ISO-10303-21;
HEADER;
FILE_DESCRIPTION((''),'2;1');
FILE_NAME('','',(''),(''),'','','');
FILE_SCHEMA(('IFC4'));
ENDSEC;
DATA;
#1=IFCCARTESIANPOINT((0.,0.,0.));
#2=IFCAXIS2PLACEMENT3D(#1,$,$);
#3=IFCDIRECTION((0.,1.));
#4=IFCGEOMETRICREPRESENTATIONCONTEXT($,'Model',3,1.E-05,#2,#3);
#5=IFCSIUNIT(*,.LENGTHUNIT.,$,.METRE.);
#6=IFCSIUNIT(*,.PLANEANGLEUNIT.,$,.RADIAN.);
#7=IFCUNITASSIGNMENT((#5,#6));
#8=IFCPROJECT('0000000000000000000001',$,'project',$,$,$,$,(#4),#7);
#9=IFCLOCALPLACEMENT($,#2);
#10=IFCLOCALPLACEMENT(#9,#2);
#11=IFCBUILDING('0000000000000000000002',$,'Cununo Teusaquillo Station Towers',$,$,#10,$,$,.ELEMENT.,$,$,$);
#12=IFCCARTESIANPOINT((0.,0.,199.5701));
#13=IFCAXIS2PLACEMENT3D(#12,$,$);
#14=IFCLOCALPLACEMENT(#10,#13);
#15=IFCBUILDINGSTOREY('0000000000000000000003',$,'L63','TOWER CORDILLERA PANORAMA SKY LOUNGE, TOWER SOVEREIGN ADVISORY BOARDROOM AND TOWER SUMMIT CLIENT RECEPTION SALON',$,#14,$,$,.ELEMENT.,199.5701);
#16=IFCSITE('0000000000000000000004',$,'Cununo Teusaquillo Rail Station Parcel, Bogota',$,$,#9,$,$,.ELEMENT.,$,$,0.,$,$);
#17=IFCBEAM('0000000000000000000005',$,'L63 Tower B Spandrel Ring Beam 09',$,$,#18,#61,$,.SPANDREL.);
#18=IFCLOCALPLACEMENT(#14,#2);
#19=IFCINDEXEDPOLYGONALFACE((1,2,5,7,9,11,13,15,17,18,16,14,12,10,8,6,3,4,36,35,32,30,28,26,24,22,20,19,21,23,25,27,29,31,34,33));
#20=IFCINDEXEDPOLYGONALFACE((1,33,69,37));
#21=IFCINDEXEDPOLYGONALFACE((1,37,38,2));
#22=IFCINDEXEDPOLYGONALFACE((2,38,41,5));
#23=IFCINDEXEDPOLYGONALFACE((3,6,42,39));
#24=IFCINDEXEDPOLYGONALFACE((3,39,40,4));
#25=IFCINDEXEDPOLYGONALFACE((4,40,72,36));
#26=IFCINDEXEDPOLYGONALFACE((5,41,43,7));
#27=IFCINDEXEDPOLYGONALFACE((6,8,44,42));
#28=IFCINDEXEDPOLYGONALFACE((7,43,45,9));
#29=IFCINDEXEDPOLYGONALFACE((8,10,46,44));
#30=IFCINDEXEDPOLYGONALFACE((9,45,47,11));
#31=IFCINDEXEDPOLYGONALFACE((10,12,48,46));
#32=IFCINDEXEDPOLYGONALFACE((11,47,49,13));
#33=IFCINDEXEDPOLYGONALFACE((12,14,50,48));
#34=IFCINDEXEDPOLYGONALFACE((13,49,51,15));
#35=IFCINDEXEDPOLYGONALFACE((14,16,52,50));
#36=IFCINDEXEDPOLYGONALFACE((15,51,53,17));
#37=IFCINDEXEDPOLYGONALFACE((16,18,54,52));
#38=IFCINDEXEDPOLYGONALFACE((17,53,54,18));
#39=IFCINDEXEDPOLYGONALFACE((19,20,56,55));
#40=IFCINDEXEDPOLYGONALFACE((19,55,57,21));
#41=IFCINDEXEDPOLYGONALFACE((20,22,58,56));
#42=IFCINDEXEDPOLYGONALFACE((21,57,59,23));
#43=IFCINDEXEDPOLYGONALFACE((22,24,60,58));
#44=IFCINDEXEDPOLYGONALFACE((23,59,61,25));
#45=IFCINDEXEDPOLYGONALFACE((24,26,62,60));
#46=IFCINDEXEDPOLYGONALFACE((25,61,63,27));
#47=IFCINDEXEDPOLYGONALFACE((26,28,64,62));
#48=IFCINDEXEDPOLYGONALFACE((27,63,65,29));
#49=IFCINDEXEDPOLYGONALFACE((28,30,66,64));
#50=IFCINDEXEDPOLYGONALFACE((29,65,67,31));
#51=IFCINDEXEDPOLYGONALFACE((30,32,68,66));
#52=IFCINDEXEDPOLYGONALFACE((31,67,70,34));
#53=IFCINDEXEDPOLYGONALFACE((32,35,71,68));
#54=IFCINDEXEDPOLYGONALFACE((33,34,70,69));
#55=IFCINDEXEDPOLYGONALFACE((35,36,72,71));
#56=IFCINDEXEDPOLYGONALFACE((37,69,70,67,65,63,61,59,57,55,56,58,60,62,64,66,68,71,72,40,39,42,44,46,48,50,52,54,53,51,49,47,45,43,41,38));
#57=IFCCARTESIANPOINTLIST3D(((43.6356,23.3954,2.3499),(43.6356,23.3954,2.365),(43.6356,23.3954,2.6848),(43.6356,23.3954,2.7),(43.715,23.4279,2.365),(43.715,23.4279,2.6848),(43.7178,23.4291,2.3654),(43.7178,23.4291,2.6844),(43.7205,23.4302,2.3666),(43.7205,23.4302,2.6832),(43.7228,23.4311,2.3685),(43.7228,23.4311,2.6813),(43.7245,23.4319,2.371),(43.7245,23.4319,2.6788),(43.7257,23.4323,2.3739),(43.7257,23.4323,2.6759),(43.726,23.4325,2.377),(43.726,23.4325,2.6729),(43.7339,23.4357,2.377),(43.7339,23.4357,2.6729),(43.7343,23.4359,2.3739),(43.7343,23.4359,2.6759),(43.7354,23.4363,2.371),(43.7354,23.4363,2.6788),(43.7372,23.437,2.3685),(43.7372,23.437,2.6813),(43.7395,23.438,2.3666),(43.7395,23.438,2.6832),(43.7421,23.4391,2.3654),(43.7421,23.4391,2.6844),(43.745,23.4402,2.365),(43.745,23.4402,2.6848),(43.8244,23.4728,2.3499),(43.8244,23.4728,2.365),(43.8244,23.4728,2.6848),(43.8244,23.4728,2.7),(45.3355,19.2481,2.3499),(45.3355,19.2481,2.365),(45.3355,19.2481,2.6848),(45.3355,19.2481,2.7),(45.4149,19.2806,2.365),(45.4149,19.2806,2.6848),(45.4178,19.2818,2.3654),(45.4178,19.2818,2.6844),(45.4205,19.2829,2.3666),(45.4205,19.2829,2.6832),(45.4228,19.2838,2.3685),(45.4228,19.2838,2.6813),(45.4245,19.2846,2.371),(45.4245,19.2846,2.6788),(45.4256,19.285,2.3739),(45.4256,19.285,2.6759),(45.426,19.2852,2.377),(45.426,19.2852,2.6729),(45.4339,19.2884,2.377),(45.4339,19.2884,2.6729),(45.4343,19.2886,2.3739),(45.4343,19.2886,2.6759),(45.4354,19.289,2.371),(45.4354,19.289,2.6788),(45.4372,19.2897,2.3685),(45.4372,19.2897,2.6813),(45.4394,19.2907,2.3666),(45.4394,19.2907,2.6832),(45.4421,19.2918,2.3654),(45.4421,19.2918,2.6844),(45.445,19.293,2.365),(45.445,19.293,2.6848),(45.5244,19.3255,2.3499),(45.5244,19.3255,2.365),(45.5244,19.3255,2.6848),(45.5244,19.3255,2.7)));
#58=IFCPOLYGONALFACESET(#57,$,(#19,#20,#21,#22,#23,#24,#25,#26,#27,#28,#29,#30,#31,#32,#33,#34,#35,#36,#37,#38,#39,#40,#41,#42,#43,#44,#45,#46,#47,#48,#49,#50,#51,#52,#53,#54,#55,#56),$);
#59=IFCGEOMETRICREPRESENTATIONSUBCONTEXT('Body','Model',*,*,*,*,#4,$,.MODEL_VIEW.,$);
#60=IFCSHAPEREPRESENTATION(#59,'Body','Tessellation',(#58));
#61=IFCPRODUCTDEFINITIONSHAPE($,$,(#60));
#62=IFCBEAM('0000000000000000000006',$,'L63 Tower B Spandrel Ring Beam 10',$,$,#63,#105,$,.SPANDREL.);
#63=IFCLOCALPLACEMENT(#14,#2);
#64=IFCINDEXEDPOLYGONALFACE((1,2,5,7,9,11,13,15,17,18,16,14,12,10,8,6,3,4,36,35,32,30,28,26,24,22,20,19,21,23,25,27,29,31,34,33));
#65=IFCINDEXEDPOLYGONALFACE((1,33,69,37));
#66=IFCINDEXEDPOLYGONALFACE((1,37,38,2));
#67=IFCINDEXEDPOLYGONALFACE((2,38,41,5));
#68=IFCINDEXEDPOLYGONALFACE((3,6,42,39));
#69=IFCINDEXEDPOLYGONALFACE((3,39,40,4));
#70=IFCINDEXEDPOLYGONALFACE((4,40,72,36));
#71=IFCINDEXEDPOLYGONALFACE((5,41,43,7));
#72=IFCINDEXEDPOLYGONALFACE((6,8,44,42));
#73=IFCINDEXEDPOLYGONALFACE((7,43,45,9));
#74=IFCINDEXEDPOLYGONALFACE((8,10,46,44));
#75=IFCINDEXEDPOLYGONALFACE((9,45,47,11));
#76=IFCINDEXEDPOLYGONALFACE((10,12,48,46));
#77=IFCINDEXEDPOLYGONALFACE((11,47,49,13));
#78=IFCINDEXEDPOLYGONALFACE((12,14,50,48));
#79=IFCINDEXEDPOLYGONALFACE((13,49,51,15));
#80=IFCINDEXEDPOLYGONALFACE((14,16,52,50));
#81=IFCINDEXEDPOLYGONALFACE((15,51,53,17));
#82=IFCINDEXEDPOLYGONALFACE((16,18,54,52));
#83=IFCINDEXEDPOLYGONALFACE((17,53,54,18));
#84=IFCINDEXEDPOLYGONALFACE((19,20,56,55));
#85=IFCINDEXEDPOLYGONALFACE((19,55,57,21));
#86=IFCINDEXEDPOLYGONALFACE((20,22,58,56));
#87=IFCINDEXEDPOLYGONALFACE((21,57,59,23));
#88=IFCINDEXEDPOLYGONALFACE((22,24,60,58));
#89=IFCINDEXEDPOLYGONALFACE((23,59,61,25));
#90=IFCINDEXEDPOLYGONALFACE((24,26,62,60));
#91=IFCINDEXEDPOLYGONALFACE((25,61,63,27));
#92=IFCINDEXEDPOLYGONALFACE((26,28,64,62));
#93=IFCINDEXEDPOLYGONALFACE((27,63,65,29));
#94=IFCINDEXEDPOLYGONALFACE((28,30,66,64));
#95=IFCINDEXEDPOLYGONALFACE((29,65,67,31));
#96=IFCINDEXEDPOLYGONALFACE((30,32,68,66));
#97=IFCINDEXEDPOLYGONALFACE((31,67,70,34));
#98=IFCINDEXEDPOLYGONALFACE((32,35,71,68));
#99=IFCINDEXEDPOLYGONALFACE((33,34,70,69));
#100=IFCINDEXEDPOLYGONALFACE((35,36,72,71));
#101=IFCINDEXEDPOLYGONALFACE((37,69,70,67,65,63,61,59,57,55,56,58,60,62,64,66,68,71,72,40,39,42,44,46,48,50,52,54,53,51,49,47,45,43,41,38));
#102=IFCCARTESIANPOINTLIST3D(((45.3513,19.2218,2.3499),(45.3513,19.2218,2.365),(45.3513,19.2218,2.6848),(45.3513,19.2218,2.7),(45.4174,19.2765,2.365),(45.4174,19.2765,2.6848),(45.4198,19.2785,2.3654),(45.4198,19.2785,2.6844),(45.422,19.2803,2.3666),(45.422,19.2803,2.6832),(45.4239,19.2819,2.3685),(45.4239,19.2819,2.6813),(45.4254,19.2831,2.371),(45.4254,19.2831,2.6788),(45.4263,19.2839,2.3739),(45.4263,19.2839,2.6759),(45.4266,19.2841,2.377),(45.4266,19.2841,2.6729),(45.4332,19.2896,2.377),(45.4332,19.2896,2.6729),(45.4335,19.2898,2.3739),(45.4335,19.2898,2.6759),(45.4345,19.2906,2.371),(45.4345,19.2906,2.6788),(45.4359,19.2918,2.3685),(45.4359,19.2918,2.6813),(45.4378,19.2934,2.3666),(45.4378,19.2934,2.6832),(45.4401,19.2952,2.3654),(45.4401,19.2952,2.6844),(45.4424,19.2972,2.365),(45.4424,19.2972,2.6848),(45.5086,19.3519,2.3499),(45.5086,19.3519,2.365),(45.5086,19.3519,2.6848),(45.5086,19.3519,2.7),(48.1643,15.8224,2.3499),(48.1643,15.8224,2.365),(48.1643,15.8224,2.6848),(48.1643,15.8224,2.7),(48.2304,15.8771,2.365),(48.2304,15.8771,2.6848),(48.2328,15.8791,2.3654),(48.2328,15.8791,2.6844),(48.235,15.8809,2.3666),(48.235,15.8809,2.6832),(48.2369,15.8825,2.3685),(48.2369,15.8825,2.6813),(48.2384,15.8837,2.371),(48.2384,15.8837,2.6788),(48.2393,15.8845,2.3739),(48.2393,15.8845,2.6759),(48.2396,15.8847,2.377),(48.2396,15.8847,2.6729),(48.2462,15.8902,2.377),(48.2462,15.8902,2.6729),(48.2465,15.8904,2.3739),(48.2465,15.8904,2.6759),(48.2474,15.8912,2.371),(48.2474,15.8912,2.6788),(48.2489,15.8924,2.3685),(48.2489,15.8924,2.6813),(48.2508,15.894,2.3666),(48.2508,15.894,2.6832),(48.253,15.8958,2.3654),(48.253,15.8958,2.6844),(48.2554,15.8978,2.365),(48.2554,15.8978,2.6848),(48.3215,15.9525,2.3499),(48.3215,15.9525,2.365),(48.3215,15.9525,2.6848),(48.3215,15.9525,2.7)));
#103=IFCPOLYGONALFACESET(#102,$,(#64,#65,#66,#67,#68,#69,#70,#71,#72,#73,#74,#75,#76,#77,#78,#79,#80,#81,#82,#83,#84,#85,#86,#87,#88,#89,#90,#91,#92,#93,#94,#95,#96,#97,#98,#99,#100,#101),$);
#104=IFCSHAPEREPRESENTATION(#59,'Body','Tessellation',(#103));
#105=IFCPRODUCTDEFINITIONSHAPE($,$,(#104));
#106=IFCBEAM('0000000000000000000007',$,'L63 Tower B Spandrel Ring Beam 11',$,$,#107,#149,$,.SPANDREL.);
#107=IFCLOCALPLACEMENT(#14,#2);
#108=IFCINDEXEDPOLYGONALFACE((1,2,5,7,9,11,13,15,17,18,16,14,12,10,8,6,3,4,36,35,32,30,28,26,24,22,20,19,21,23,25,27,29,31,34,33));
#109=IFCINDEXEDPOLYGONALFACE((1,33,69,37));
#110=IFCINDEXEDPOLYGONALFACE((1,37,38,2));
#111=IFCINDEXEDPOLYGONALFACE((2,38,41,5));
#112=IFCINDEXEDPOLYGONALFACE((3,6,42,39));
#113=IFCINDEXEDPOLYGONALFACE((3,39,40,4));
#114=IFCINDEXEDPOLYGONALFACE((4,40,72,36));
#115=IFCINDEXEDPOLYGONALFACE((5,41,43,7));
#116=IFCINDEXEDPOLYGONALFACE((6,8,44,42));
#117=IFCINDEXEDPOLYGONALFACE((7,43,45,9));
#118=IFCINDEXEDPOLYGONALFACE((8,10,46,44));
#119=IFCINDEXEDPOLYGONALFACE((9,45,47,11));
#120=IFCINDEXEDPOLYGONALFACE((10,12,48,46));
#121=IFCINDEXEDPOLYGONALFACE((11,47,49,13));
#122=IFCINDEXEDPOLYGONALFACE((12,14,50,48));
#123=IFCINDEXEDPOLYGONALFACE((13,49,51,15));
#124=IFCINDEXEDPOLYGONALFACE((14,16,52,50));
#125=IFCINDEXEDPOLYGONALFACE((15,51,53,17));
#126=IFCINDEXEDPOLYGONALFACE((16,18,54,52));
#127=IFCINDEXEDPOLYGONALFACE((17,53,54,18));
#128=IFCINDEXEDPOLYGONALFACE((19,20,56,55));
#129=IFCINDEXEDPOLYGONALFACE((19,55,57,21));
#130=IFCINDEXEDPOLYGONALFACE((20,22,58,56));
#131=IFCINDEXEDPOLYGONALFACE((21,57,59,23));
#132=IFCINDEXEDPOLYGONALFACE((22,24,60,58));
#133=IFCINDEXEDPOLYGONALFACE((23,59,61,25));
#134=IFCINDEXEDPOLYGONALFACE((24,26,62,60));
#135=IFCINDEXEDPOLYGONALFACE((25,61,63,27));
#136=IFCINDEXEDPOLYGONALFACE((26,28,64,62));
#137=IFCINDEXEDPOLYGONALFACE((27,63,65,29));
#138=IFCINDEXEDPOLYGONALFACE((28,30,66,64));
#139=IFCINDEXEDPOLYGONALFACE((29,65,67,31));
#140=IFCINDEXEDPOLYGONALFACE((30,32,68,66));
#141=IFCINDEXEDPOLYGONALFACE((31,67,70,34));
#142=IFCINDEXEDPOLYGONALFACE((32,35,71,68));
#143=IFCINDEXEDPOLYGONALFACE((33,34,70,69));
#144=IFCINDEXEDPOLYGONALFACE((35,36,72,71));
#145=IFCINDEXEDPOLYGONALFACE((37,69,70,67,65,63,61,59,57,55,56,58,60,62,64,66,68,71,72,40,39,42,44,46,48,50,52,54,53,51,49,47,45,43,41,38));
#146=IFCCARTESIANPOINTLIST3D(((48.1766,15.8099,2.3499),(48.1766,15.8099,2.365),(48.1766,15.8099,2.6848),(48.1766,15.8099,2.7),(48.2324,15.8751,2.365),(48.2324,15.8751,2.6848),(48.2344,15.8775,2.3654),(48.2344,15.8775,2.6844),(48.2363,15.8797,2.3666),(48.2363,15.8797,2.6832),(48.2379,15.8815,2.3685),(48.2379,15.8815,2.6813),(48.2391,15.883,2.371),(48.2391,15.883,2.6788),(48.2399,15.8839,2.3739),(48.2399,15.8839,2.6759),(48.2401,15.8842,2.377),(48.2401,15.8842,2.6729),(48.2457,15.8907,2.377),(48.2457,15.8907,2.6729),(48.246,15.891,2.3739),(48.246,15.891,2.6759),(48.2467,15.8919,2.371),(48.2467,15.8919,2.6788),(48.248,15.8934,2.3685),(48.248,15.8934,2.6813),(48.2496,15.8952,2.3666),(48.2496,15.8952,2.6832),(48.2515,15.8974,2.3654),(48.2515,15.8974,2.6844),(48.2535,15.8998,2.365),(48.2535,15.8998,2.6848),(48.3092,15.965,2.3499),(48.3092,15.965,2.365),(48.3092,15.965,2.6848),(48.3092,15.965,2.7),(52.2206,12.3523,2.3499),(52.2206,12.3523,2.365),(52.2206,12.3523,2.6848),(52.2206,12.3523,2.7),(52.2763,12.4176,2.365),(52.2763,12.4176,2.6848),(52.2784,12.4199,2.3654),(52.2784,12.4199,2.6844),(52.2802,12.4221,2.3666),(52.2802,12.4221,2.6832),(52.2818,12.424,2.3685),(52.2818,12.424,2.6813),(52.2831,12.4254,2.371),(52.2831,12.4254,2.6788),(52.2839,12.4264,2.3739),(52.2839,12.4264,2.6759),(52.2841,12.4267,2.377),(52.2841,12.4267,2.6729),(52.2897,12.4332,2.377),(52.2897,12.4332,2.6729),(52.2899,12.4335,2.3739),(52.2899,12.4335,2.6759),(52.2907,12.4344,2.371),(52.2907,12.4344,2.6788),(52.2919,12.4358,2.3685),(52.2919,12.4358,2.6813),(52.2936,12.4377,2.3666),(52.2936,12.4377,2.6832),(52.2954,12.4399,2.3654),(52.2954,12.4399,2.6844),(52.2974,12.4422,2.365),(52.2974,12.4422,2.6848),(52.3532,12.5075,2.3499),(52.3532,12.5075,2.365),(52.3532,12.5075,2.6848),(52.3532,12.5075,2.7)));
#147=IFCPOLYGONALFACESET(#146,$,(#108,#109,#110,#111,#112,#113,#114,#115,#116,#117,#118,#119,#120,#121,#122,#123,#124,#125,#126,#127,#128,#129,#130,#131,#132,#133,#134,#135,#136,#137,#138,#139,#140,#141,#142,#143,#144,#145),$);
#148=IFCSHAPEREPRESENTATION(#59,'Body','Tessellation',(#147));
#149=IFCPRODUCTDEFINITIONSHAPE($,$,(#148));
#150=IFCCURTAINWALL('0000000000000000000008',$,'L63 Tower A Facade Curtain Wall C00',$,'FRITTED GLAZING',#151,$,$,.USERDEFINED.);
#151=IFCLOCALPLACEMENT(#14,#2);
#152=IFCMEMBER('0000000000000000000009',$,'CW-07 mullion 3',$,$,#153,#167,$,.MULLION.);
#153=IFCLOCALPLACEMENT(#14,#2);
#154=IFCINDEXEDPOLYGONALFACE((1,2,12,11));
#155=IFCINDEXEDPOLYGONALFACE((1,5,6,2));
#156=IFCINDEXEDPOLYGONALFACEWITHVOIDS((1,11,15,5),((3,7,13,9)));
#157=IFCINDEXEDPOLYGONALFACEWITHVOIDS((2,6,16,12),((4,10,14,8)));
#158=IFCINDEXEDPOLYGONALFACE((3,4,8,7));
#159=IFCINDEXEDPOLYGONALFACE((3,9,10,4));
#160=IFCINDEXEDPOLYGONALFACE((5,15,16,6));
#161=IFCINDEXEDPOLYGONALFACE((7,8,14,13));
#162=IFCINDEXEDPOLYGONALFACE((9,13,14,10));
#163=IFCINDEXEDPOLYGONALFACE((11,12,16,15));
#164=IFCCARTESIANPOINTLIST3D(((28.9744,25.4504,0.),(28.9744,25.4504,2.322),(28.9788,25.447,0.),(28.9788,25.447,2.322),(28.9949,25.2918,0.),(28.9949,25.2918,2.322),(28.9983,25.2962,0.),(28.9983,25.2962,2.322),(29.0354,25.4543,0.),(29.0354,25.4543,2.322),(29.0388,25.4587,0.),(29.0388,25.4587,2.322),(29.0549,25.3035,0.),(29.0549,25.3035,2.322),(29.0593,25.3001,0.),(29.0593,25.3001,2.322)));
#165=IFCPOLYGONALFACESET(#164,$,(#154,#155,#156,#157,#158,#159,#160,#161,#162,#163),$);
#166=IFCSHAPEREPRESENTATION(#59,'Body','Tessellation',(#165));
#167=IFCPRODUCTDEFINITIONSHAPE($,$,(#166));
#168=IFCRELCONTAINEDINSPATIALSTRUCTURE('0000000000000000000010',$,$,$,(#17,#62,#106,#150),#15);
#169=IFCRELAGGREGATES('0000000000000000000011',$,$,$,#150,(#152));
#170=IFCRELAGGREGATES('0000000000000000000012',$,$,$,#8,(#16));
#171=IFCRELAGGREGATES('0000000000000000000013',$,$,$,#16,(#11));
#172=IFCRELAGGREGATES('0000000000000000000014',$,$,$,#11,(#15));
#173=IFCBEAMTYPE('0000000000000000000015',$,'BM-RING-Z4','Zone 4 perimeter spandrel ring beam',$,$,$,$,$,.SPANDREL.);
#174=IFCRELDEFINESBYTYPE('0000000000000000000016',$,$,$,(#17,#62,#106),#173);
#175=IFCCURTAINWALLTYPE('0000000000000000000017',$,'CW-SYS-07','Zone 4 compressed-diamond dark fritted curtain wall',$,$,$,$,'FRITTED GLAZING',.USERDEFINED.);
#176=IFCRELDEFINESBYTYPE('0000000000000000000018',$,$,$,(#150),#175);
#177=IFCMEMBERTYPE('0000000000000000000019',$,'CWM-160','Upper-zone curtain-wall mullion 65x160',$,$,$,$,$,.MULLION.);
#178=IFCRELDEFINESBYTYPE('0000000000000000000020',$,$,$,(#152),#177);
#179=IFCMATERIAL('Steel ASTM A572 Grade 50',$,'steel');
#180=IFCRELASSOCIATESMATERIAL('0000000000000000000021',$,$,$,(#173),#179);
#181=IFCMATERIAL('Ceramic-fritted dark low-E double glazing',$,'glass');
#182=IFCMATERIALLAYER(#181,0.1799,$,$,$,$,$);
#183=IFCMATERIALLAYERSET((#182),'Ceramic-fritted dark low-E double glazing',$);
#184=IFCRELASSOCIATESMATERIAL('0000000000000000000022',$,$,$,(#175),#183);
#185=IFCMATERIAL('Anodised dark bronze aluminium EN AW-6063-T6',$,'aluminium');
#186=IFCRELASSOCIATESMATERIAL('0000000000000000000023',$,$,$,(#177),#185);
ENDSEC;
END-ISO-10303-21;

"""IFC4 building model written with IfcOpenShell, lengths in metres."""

from ifc_helpers import new_model, si_unit, direction, frame, origin, origin_2d, place, context, subcontext, project, spatial, hollow_rectangle, i_section, extrude, material, layer, layer_set, material_profile, profile_set, type_object, element, aggregate, save


model = new_model("IFC4")

# Units and contexts
model_context = context("Model", 3, precision=1e-05, world=origin(), true_north=direction((0.0, 1.0)))
body_context = subcontext(model_context, "Body", "Model", "MODEL_VIEW")
ifc_project = project(units=[si_unit("LENGTHUNIT", "METRE"), si_unit("PLANEANGLEUNIT", "RADIAN")], contexts=[model_context])

# Site, building, storey
site_placement = place(None, origin())
site = spatial("IfcSite", under=ifc_project, at=site_placement, Name="Cununo Teusaquillo Rail Station Parcel, Bogota", CompositionType="ELEMENT", RefElevation=0.0)
building_placement = place(site_placement, origin())
building = spatial("IfcBuilding", under=site, at=building_placement, Name="Cununo Teusaquillo Station Towers", CompositionType="ELEMENT")
storey_placement = place(building_placement, frame((0.0, 0.0, 199.5701)))
storey = spatial("IfcBuildingStorey", under=building, at=storey_placement, Name="L63", Description="TOWER CORDILLERA PANORAMA SKY LOUNGE, TOWER SOVEREIGN ADVISORY BOARDROOM AND TOWER SUMMIT CLIENT RECEPTION SALON", CompositionType="ELEMENT", Elevation=199.5701)

# Beams
ifc_material_1 = material(Name="Steel ASTM A572 Grade 50", Category="steel")
ifc_material_profile_1 = material_profile(ifc_material_1, i_section(OverallWidth=0.2041, OverallDepth=0.3501, WebThickness=0.0085, FlangeThickness=0.0151, FilletRadius=0.012, at=origin_2d()), Name="W14X48")
ifc_profile_set_1 = profile_set([ifc_material_profile_1], Name="Steel ASTM A572 Grade 50")
beam_type_1 = type_object("IfcBeamType", Name="BM-RING-Z4", Description="Zone 4 perimeter spandrel ring beam", PredefinedType="SPANDREL", material=ifc_profile_set_1)
beam_1_placement = place(storey_placement, frame((43.73, 23.4341, 2.5249), z_axis=(0.379275, -0.925284, 0.0), x_axis=(0.925284, 0.379275, 0.0)))
element("IfcBeam", 1, at=beam_1_placement, inside=storey, type_object=beam_type_1, Name="L63 Tower B Spandrel Ring Beam 09", PredefinedType="SPANDREL", context=body_context, shape_type="SweptSolid", body=[
    extrude(i_section(OverallWidth=0.2041, OverallDepth=0.3501, WebThickness=0.0085, FlangeThickness=0.0151, FilletRadius=0.012, at=origin_2d()), origin(), (0.0, 0.0, 1.0), 4.4822),
])
beam_2_placement = place(storey_placement, frame((45.4299, 19.2869, 2.5249), z_axis=(0.637525, -0.77043, 0.0), x_axis=(0.77043, 0.637525, 0.0)))
element("IfcBeam", 2, at=beam_2_placement, inside=storey, type_object=beam_type_1, Name="L63 Tower B Spandrel Ring Beam 10", PredefinedType="SPANDREL", context=body_context, shape_type="SweptSolid", body=[
    extrude(i_section(OverallWidth=0.2041, OverallDepth=0.3501, WebThickness=0.0085, FlangeThickness=0.0151, FilletRadius=0.012, at=origin_2d()), origin(), (0.0, 0.0, 1.0), 4.4124),
])
beam_3_placement = place(storey_placement, frame((48.2429, 15.8875, 2.5249), z_axis=(0.760066, -0.649846, 0.0), x_axis=(0.649846, 0.760066, 0.0)))
element("IfcBeam", 3, at=beam_3_placement, inside=storey, type_object=beam_type_1, Name="L63 Tower B Spandrel Ring Beam 11", PredefinedType="SPANDREL", context=body_context, shape_type="SweptSolid", body=[
    extrude(i_section(OverallWidth=0.2041, OverallDepth=0.3501, WebThickness=0.0085, FlangeThickness=0.0151, FilletRadius=0.012, at=origin_2d()), origin(), (0.0, 0.0, 1.0), 5.3206),
])

# Curtain wall, member
ifc_material_2 = material(Name="Ceramic-fritted dark low-E double glazing", Category="glass")
ifc_layer_1 = layer(ifc_material_2, 0.1799)
ifc_layer_set_1 = layer_set([ifc_layer_1], Name="Ceramic-fritted dark low-E double glazing")
curtain_wall_type = type_object("IfcCurtainWallType", Name="CW-SYS-07", Description="Zone 4 compressed-diamond dark fritted curtain wall", ElementType="FRITTED GLAZING", PredefinedType="USERDEFINED", material=ifc_layer_set_1)
curtain_wall_placement = place(storey_placement, origin())
curtain_wall = element("IfcCurtainWall", 4, at=curtain_wall_placement, inside=storey, type_object=curtain_wall_type, Name="L63 Tower A Facade Curtain Wall C00", ObjectType="FRITTED GLAZING", PredefinedType="USERDEFINED")
ifc_material_3 = material(Name="Anodised dark bronze aluminium EN AW-6063-T6", Category="aluminium")
ifc_material_profile_2 = material_profile(ifc_material_3, hollow_rectangle(XDim=0.0649, YDim=0.1599, WallThickness=0.0039, at=origin_2d()), Name="CW-MULL-65x160")
ifc_profile_set_2 = profile_set([ifc_material_profile_2], Name="Anodised dark bronze aluminium EN AW-6063-T6")
member_type_1 = type_object("IfcMemberType", Name="CWM-160", Description="Upper-zone curtain-wall mullion 65x160", PredefinedType="MULLION", material=ifc_profile_set_2)
member_1_placement = place(storey_placement, frame((29.0168, 25.3752, 0.0), z_axis=(0.0, 0.0, 1.0), x_axis=(0.991742, 0.128253, 0.0)))
member_1 = element("IfcMember", 5, at=member_1_placement, type_object=member_type_1, Name="CW-07 mullion 3", PredefinedType="MULLION", context=body_context, shape_type="SweptSolid", body=[
    extrude(hollow_rectangle(XDim=0.0649, YDim=0.1599, WallThickness=0.0039, at=origin_2d()), origin(), (0.0, 0.0, 1.0), 2.322),
])
aggregate(curtain_wall, [member_1])

save(model, "model.ifc")
